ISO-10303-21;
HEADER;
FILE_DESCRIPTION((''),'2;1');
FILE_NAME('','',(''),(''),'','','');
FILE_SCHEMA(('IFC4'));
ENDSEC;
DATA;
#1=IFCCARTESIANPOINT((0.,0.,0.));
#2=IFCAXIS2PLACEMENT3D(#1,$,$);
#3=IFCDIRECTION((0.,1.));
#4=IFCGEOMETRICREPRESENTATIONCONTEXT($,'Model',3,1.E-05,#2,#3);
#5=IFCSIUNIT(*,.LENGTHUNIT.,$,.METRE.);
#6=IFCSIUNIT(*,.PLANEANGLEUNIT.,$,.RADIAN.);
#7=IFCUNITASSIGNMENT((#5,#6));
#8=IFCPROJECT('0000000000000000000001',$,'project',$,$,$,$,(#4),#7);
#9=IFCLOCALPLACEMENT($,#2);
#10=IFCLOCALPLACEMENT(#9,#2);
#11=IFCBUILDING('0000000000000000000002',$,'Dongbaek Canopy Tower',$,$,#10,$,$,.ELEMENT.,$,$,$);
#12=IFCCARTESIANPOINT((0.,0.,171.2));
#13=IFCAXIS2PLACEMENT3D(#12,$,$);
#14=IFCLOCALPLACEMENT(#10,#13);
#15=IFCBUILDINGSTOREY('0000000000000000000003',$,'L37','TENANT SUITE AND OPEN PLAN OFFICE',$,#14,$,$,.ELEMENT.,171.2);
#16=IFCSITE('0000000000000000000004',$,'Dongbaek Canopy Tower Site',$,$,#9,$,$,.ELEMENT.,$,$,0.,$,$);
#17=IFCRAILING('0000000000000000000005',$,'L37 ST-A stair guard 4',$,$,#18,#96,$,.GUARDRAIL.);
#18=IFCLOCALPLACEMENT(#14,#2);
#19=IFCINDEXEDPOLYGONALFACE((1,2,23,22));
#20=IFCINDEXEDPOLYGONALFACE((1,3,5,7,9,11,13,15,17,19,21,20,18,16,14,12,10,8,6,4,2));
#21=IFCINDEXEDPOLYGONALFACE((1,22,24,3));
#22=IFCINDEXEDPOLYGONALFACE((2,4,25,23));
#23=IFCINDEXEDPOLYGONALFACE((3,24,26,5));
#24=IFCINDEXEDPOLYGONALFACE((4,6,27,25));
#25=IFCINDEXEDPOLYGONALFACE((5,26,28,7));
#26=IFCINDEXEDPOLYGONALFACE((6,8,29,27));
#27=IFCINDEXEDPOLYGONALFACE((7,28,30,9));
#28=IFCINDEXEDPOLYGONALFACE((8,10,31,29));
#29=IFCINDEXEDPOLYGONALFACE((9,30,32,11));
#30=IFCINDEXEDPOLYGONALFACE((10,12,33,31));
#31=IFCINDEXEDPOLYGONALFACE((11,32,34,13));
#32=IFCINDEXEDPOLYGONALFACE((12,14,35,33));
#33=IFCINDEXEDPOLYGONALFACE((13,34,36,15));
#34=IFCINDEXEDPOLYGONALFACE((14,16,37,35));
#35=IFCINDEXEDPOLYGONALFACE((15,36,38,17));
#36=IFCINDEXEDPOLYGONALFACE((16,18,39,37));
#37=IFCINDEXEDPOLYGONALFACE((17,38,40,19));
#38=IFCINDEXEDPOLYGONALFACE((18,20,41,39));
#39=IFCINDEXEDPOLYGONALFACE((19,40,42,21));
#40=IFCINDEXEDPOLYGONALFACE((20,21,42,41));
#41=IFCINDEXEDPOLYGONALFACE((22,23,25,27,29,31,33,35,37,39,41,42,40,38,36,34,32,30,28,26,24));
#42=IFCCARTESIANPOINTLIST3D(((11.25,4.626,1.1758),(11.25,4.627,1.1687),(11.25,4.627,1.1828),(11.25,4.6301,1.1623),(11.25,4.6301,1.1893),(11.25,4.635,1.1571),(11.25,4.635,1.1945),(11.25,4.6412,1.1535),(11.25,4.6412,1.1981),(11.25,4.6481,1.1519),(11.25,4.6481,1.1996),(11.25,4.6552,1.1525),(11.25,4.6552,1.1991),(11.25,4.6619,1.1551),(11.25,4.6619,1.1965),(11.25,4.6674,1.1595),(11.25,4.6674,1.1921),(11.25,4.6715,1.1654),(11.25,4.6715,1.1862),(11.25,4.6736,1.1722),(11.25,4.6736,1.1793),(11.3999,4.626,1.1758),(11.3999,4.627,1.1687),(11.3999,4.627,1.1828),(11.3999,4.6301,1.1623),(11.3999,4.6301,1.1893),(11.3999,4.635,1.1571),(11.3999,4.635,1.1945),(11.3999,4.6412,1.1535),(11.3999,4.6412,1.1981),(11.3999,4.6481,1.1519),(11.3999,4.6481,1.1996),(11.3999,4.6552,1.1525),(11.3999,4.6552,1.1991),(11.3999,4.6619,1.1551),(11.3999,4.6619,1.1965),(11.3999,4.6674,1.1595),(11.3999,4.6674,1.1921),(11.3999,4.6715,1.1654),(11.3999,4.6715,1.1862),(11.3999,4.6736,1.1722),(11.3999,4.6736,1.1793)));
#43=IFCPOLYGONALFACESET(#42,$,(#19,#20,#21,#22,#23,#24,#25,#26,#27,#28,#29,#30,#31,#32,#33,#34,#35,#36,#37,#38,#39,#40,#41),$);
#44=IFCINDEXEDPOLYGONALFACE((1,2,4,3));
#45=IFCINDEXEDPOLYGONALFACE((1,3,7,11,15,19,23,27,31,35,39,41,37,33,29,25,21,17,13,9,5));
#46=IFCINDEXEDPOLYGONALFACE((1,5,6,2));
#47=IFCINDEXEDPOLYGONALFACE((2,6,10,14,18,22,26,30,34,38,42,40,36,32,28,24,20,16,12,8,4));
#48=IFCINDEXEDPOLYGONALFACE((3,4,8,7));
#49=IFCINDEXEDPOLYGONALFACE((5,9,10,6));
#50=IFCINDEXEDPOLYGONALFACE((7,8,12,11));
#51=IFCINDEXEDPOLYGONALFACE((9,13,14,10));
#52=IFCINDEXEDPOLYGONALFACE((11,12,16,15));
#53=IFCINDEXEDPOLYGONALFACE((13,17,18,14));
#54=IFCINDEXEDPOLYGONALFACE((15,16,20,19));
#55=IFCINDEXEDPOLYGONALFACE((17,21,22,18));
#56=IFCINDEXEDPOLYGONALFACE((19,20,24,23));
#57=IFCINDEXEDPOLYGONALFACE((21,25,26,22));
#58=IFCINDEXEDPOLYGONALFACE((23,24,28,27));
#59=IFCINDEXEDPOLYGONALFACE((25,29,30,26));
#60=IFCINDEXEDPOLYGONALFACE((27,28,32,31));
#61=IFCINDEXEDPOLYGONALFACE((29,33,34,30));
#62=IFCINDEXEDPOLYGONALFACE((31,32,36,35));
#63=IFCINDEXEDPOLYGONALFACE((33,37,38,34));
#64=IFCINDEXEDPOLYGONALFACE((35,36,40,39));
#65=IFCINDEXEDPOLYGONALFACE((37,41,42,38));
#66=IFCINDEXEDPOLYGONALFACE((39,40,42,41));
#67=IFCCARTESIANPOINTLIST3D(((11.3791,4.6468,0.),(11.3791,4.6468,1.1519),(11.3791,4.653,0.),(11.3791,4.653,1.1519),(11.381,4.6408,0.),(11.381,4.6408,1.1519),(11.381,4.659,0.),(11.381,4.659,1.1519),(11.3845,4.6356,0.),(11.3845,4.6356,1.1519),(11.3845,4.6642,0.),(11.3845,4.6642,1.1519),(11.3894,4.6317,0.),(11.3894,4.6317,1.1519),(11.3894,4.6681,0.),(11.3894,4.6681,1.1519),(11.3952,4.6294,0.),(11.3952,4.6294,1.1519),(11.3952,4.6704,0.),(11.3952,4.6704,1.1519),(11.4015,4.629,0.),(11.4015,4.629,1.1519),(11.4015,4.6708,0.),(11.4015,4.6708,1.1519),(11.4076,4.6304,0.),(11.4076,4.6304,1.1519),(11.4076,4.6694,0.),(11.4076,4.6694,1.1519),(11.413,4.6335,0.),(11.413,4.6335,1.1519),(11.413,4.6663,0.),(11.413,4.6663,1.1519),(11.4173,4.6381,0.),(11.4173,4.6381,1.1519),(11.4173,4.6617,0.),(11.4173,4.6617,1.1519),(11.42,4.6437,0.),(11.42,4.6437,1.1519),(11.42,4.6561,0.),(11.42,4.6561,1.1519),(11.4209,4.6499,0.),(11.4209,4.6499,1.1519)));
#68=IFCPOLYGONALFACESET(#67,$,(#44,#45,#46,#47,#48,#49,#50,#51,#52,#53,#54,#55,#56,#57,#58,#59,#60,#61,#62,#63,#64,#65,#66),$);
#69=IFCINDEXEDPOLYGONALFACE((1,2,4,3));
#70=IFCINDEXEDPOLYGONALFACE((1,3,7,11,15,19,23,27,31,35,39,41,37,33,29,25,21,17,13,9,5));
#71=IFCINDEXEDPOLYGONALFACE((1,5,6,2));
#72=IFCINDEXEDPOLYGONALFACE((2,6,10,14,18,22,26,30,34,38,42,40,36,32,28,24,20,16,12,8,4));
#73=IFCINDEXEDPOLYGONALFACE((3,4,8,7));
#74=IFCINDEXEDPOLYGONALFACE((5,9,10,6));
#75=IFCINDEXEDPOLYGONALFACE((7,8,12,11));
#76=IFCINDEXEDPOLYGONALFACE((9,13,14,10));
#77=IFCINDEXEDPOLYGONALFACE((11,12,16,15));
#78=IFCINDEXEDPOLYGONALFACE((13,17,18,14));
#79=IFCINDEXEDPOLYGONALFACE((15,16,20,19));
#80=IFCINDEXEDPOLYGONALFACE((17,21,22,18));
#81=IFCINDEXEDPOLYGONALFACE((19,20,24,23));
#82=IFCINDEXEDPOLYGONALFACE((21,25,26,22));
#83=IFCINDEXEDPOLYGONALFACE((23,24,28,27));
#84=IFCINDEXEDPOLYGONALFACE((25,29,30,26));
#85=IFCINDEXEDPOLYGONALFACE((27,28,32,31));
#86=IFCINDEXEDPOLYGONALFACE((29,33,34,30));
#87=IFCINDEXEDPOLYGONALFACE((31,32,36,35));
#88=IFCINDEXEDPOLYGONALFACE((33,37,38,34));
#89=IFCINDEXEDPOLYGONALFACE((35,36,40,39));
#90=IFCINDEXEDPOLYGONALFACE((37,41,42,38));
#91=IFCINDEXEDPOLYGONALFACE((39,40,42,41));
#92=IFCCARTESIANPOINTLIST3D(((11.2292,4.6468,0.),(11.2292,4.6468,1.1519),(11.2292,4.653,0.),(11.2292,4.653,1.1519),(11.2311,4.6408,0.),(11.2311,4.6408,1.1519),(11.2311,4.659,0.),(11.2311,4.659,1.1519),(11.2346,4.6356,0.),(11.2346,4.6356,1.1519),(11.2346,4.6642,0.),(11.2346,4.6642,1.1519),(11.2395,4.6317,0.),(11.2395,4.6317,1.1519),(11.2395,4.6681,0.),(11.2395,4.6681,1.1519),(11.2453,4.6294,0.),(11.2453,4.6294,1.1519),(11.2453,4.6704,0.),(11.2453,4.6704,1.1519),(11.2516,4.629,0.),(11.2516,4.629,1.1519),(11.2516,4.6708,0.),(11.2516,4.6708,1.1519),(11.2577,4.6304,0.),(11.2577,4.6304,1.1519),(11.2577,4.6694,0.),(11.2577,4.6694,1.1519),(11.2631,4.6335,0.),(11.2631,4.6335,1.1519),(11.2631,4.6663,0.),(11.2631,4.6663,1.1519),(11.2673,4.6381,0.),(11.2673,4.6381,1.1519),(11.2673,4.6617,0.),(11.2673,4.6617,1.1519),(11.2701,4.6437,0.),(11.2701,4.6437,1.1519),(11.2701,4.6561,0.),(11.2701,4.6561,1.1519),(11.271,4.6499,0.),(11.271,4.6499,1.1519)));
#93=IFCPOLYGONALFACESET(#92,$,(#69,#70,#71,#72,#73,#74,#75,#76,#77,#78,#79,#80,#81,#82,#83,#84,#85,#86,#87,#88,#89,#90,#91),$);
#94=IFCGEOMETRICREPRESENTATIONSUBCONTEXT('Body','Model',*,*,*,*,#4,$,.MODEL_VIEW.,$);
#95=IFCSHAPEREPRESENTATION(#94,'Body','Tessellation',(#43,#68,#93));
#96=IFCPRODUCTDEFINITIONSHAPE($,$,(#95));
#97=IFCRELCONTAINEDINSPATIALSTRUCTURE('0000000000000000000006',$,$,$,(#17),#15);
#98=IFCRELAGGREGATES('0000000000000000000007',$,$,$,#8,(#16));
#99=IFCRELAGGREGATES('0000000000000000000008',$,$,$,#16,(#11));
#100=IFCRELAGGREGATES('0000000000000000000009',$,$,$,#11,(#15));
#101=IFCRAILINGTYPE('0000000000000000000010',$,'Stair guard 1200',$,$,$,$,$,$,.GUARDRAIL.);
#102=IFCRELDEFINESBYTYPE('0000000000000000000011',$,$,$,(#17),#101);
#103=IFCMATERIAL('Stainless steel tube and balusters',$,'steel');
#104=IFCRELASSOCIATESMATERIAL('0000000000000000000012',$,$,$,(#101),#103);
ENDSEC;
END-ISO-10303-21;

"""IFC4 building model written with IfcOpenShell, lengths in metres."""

from ifc_helpers import new_model, si_unit, direction, frame, origin, origin_2d, place, context, subcontext, project, spatial, circle, extrude, material, type_object, element, save


model = new_model("IFC4")

# Units and contexts
model_context = context("Model", 3, precision=1e-05, world=origin(), true_north=direction((0.0, 1.0)))
body_context = subcontext(model_context, "Body", "Model", "MODEL_VIEW")
ifc_project = project(units=[si_unit("LENGTHUNIT", "METRE"), si_unit("PLANEANGLEUNIT", "RADIAN")], contexts=[model_context])

# Site, building, storey
site_placement = place(None, origin())
site = spatial("IfcSite", under=ifc_project, at=site_placement, Name="Dongbaek Canopy Tower Site", CompositionType="ELEMENT", RefElevation=0.0)
building_placement = place(site_placement, origin())
building = spatial("IfcBuilding", under=site, at=building_placement, Name="Dongbaek Canopy Tower", CompositionType="ELEMENT")
storey_placement = place(building_placement, frame((0.0, 0.0, 171.2)))
storey = spatial("IfcBuildingStorey", under=building, at=storey_placement, Name="L37", Description="TENANT SUITE AND OPEN PLAN OFFICE", CompositionType="ELEMENT", Elevation=171.2)

# Railing
ifc_material_1 = material(Name="Stainless steel tube and balusters", Category="steel")
railing_type_1 = type_object("IfcRailingType", Name="Stair guard 1200", PredefinedType="GUARDRAIL", material=ifc_material_1)
railing_1_placement = place(storey_placement, frame((11.3999, 4.6499, 0.0)))
element("IfcRailing", 1, at=railing_1_placement, inside=storey, type_object=railing_type_1, Name="L37 ST-A stair guard 4", PredefinedType="GUARDRAIL", context=body_context, shape_type="SweptSolid", body=[
    extrude(circle(Radius=0.0239, at=origin_2d()), frame((0.0, 0.0, 1.1758), z_axis=(-1.0, 0.0, 0.0), x_axis=(0.0, -1.0, 0.0)), (0.0, 0.0, 1.0), 0.1499),
    extrude(circle(Radius=0.021, at=origin_2d()), origin(), (0.0, 0.0, 1.0), 1.1519),
    extrude(circle(Radius=0.021, at=origin_2d()), frame((-0.1499, 0.0, 0.0)), (0.0, 0.0, 1.0), 1.1519),
])

save(model, "model.ifc")
